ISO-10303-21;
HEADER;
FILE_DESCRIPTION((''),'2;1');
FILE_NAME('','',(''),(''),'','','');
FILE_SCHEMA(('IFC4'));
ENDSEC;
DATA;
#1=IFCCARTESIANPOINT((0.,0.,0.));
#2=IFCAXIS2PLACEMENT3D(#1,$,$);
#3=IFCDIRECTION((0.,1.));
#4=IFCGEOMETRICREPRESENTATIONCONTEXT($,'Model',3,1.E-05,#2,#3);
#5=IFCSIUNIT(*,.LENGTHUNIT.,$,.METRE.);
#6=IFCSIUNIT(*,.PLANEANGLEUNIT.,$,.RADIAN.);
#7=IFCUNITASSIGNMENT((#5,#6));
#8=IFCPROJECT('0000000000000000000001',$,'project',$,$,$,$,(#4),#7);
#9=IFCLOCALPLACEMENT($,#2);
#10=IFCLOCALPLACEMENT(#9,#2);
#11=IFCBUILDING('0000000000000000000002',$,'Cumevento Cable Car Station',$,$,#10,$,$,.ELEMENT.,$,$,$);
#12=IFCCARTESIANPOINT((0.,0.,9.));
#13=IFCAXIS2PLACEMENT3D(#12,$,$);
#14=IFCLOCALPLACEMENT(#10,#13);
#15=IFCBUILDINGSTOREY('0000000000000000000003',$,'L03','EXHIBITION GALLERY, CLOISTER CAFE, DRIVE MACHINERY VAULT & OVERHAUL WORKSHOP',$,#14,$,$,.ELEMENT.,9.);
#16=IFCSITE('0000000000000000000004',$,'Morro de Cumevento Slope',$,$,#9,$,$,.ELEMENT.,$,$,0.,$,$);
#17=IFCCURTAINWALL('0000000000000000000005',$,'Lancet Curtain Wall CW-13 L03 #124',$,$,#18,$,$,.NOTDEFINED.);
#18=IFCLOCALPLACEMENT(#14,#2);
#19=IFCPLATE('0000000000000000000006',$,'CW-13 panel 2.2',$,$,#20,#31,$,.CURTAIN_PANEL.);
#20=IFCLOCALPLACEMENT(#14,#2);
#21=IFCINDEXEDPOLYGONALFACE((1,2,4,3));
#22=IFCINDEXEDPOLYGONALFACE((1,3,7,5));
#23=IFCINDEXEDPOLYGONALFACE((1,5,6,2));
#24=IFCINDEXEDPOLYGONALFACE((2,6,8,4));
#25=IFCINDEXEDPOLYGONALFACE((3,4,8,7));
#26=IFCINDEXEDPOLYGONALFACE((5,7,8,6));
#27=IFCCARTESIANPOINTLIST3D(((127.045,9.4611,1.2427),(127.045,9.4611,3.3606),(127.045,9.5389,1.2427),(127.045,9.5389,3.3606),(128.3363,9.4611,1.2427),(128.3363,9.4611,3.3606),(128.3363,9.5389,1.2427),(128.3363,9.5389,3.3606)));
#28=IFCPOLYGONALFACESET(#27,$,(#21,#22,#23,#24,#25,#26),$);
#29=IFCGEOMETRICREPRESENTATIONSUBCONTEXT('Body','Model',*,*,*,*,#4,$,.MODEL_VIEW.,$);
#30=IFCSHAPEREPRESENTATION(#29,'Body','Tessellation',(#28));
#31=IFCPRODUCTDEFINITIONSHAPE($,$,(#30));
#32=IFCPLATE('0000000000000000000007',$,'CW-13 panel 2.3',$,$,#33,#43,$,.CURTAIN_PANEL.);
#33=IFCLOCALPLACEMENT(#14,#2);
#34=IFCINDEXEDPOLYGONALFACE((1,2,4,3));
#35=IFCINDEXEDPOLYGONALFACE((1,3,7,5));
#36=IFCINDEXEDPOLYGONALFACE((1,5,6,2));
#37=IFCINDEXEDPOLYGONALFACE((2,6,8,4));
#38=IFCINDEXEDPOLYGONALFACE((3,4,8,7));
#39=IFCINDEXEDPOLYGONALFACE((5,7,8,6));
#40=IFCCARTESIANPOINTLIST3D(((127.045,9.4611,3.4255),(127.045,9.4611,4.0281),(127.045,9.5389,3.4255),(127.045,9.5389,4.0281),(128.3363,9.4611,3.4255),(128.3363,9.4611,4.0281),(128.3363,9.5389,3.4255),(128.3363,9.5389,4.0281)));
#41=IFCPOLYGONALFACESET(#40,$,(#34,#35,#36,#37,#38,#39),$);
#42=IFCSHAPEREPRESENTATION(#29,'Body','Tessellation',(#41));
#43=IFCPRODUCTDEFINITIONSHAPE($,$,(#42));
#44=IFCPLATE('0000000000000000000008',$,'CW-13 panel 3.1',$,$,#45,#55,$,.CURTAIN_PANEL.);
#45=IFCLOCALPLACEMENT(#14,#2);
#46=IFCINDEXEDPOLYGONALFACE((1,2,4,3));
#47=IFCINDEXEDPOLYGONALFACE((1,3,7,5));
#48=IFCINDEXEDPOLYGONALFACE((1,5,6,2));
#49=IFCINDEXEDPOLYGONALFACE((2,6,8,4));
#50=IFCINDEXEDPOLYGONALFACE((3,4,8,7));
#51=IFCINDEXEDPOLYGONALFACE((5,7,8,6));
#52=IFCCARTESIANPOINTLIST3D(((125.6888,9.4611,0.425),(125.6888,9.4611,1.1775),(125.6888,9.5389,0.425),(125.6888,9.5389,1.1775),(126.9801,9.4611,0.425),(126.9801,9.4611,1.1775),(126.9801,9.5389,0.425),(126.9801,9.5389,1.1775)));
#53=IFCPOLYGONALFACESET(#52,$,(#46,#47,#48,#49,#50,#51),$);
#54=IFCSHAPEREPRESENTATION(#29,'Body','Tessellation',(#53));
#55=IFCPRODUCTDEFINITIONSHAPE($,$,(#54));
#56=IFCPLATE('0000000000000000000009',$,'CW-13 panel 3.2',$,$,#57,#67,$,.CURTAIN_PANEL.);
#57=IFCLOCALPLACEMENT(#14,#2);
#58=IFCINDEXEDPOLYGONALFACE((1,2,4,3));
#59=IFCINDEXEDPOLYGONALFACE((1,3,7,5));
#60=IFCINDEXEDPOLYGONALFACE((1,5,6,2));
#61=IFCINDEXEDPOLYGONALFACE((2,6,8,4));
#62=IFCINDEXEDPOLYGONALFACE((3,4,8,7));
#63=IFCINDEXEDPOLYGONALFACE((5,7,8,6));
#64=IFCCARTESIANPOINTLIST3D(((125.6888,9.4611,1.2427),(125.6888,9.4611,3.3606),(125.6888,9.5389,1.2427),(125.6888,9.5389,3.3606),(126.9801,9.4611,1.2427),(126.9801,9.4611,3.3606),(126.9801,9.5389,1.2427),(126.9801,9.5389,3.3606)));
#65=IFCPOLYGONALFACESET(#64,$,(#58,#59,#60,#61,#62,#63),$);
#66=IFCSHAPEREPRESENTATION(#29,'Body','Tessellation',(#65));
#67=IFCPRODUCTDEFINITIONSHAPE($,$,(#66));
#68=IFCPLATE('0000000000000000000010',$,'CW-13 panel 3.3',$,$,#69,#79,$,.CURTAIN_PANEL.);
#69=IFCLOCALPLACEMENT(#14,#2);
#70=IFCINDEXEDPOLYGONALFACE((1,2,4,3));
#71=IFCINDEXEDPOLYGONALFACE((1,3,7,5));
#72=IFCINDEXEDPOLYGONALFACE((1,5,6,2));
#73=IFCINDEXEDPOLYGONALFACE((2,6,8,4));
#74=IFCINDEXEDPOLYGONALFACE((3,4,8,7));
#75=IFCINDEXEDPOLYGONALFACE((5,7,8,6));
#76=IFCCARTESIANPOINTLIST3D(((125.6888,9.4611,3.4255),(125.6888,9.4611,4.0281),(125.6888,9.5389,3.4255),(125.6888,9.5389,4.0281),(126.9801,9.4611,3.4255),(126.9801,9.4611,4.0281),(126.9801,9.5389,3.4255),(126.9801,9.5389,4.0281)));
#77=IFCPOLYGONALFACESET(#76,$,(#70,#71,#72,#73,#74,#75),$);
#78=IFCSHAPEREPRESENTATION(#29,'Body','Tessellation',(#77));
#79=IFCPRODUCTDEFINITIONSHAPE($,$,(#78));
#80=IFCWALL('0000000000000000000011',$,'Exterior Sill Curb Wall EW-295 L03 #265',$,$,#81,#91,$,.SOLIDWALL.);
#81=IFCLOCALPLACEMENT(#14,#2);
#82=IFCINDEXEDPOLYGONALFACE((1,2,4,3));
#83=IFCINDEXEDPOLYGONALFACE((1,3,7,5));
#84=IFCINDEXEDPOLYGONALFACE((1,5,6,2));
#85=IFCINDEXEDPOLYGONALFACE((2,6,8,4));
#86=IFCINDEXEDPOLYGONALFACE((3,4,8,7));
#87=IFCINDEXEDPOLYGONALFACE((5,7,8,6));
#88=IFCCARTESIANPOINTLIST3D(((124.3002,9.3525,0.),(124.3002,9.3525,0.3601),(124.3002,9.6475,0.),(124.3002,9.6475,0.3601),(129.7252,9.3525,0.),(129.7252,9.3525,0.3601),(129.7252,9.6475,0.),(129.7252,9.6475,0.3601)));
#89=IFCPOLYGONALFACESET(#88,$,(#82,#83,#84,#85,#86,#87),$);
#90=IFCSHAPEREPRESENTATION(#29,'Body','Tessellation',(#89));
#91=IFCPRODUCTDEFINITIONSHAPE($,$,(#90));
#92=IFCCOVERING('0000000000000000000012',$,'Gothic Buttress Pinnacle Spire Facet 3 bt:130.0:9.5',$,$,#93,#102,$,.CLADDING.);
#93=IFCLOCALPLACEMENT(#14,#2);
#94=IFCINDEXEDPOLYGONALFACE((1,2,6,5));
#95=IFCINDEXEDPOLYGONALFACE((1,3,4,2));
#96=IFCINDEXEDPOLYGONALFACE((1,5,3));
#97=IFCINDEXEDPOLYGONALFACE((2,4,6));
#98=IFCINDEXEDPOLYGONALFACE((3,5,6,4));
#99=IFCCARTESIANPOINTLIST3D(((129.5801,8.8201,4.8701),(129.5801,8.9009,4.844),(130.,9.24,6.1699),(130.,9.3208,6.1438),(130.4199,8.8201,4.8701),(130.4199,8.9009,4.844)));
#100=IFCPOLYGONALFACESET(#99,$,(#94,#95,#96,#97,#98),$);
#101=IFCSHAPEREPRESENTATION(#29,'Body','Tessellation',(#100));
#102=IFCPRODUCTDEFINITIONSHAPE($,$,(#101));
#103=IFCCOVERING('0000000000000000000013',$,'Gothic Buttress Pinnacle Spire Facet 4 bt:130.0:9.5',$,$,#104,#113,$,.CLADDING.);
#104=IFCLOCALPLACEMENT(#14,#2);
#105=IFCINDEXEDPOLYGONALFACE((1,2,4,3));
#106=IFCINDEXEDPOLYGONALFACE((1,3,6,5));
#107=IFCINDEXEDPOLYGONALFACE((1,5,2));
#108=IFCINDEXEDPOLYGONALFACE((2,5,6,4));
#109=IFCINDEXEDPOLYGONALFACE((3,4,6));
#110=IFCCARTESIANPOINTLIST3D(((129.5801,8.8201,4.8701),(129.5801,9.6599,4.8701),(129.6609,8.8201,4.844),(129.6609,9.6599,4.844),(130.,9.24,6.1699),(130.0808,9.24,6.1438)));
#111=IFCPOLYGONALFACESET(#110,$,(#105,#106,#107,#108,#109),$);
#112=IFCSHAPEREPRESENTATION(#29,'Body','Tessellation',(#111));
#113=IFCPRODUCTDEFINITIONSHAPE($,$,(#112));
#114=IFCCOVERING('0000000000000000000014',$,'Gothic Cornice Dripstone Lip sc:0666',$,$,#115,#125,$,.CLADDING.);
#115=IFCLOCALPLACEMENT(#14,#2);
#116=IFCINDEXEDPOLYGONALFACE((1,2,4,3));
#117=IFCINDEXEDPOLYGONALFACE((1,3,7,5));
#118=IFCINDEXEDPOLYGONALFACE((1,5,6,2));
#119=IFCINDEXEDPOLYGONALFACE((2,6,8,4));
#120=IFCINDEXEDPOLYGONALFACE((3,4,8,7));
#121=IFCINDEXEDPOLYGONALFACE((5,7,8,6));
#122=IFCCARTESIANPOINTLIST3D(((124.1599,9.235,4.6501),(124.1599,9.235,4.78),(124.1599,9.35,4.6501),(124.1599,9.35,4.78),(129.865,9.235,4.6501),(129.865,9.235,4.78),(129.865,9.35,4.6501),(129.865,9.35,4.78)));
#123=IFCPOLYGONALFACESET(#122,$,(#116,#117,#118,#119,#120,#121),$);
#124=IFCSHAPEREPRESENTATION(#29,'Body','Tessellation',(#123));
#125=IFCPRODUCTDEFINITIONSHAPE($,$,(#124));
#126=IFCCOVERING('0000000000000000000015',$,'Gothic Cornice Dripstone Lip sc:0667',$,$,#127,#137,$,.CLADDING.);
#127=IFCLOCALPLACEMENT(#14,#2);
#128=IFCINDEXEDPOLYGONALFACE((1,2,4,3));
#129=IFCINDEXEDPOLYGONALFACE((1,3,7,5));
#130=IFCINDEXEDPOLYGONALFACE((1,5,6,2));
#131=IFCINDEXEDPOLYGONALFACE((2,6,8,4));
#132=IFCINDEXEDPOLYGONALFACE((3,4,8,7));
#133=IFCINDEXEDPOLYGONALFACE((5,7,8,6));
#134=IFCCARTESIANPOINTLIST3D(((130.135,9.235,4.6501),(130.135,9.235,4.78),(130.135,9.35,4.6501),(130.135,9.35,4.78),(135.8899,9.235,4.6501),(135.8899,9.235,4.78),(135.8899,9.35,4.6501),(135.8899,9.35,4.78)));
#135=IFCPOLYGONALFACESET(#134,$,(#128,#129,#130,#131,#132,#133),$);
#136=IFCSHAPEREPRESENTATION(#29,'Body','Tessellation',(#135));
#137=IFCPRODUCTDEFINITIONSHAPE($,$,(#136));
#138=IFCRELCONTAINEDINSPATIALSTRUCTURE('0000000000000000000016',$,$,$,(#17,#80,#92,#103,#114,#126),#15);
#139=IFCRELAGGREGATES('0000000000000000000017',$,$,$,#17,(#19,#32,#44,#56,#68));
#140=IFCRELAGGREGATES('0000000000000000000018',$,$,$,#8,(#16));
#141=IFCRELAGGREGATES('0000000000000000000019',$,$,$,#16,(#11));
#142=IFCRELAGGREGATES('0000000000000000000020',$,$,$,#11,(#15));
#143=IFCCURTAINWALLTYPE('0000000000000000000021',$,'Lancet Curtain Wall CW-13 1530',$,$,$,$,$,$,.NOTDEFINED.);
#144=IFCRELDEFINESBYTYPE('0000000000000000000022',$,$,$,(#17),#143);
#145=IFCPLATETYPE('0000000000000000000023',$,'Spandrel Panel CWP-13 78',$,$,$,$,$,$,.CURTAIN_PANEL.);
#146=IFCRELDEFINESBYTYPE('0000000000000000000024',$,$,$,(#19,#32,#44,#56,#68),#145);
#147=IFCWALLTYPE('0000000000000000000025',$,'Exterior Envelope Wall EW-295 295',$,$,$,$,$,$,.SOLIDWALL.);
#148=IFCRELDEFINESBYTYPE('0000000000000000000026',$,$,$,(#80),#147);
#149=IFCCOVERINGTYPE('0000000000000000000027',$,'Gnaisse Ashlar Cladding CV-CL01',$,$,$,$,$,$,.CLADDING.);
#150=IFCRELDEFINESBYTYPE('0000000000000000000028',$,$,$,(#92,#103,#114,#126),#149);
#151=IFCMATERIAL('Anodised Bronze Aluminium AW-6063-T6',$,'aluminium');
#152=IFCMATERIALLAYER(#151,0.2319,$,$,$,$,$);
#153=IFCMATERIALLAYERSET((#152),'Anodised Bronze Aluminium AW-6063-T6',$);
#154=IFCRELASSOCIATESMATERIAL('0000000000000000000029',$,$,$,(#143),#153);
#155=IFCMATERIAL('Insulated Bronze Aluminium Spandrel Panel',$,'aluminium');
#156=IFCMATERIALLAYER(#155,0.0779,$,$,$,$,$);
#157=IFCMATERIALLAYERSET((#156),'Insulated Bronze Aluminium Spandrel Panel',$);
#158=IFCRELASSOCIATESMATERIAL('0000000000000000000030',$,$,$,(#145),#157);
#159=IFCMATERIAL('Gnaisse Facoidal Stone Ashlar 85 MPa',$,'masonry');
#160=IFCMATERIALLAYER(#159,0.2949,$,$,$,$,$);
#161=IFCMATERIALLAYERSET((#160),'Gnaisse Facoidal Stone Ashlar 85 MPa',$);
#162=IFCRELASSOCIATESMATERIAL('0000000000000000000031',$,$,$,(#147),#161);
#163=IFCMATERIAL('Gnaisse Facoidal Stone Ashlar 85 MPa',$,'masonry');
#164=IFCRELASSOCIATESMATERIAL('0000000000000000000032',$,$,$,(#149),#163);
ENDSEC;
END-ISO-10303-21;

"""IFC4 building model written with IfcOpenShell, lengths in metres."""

from ifc_helpers import new_model, si_unit, direction, frame, frame_2d, origin, origin_2d, place, context, subcontext, project, spatial, polyline, rectangle, outline, extrude, material, layer, layer_set, type_object, element, aggregate, save


model = new_model("IFC4")

# Units and contexts
model_context = context("Model", 3, precision=1e-05, world=origin(), true_north=direction((0.0, 1.0)))
body_context = subcontext(model_context, "Body", "Model", "MODEL_VIEW")
ifc_project = project(units=[si_unit("LENGTHUNIT", "METRE"), si_unit("PLANEANGLEUNIT", "RADIAN")], contexts=[model_context])

# Site, building, storey
site_placement = place(None, origin())
site = spatial("IfcSite", under=ifc_project, at=site_placement, Name="Morro de Cumevento Slope", CompositionType="ELEMENT", RefElevation=0.0)
building_placement = place(site_placement, origin())
building = spatial("IfcBuilding", under=site, at=building_placement, Name="Cumevento Cable Car Station", CompositionType="ELEMENT")
storey_placement = place(building_placement, frame((0.0, 0.0, 9.0)))
storey = spatial("IfcBuildingStorey", under=building, at=storey_placement, Name="L03", Description="EXHIBITION GALLERY, CLOISTER CAFE, DRIVE MACHINERY VAULT & OVERHAUL WORKSHOP", CompositionType="ELEMENT", Elevation=9.0)

# Curtain wall, plates
ifc_material_1 = material(Name="Anodised Bronze Aluminium AW-6063-T6", Category="aluminium")
ifc_layer_1 = layer(ifc_material_1, 0.2319)
ifc_layer_set_1 = layer_set([ifc_layer_1], Name="Anodised Bronze Aluminium AW-6063-T6")
curtain_wall_type = type_object("IfcCurtainWallType", Name="Lancet Curtain Wall CW-13 1530", PredefinedType="NOTDEFINED", material=ifc_layer_set_1)
curtain_wall_placement = place(storey_placement, origin())
curtain_wall = element("IfcCurtainWall", 1, at=curtain_wall_placement, inside=storey, type_object=curtain_wall_type, Name="Lancet Curtain Wall CW-13 L03 #124", PredefinedType="NOTDEFINED")
ifc_material_2 = material(Name="Insulated Bronze Aluminium Spandrel Panel", Category="aluminium")
ifc_layer_2 = layer(ifc_material_2, 0.0779)
ifc_layer_set_2 = layer_set([ifc_layer_2], Name="Insulated Bronze Aluminium Spandrel Panel")
plate_type = type_object("IfcPlateType", Name="Spandrel Panel CWP-13 78", PredefinedType="CURTAIN_PANEL", material=ifc_layer_set_2)
plate_1_placement = place(storey_placement, frame((127.6907, 9.5, 1.2427), z_axis=(0.0, 0.0, 1.0), x_axis=(-1.0, 0.0, 0.0)))
plate_1 = element("IfcPlate", 2, at=plate_1_placement, type_object=plate_type, Name="CW-13 panel 2.2", PredefinedType="CURTAIN_PANEL", context=body_context, shape_type="SweptSolid", body=[
    extrude(rectangle(XDim=1.2913, YDim=0.0779, at=origin_2d()), origin(), (0.0, 0.0, 1.0), 2.1179),
])
plate_2_placement = place(storey_placement, frame((127.6907, 9.5, 3.4255), z_axis=(0.0, 0.0, 1.0), x_axis=(-1.0, 0.0, 0.0)))
plate_2 = element("IfcPlate", 3, at=plate_2_placement, type_object=plate_type, Name="CW-13 panel 2.3", PredefinedType="CURTAIN_PANEL", context=body_context, shape_type="SweptSolid", body=[
    extrude(rectangle(XDim=1.2913, YDim=0.0779, at=origin_2d()), origin(), (0.0, 0.0, 1.0), 0.6025),
])
plate_3_placement = place(storey_placement, frame((126.3345, 9.5, 0.425), z_axis=(0.0, 0.0, 1.0), x_axis=(-1.0, 0.0, 0.0)))
plate_3 = element("IfcPlate", 4, at=plate_3_placement, type_object=plate_type, Name="CW-13 panel 3.1", PredefinedType="CURTAIN_PANEL", context=body_context, shape_type="SweptSolid", body=[
    extrude(rectangle(XDim=1.2913, YDim=0.0779, at=origin_2d()), origin(), (0.0, 0.0, 1.0), 0.7524),
])
plate_4_placement = place(storey_placement, frame((126.3345, 9.5, 1.2427), z_axis=(0.0, 0.0, 1.0), x_axis=(-1.0, 0.0, 0.0)))
plate_4 = element("IfcPlate", 5, at=plate_4_placement, type_object=plate_type, Name="CW-13 panel 3.2", PredefinedType="CURTAIN_PANEL", context=body_context, shape_type="SweptSolid", body=[
    extrude(rectangle(XDim=1.2913, YDim=0.0779, at=origin_2d()), origin(), (0.0, 0.0, 1.0), 2.1179),
])
plate_5_placement = place(storey_placement, frame((126.3345, 9.5, 3.4255), z_axis=(0.0, 0.0, 1.0), x_axis=(-1.0, 0.0, 0.0)))
plate_5 = element("IfcPlate", 6, at=plate_5_placement, type_object=plate_type, Name="CW-13 panel 3.3", PredefinedType="CURTAIN_PANEL", context=body_context, shape_type="SweptSolid", body=[
    extrude(rectangle(XDim=1.2913, YDim=0.0779, at=origin_2d()), origin(), (0.0, 0.0, 1.0), 0.6025),
])
aggregate(curtain_wall, [plate_1, plate_2, plate_3, plate_4, plate_5])

# Wall
ifc_material_3 = material(Name="Gnaisse Facoidal Stone Ashlar 85 MPa", Category="masonry")
ifc_layer_3 = layer(ifc_material_3, 0.2949)
ifc_layer_set_3 = layer_set([ifc_layer_3], Name="Gnaisse Facoidal Stone Ashlar 85 MPa")
wall_type = type_object("IfcWallType", Name="Exterior Envelope Wall EW-295 295", PredefinedType="SOLIDWALL", material=ifc_layer_set_3)
wall_placement = place(storey_placement, frame((129.7251, 9.5, 0.0), z_axis=(0.0, 0.0, 1.0), x_axis=(-1.0, 0.0, 0.0)))
element("IfcWall", 7, at=wall_placement, inside=storey, type_object=wall_type, Name="Exterior Sill Curb Wall EW-295 L03 #265", PredefinedType="SOLIDWALL", context=body_context, shape_type="SweptSolid", body=[
    extrude(rectangle(XDim=5.425, YDim=0.2949, at=frame_2d((2.7124, 0.0))), origin(), (0.0, 0.0, 1.0), 0.3601),
])

# Coverings
ifc_material_4 = material(Name="Gnaisse Facoidal Stone Ashlar 85 MPa", Category="masonry")
covering_type = type_object("IfcCoveringType", Name="Gnaisse Ashlar Cladding CV-CL01", PredefinedType="CLADDING", material=ifc_material_4)
for number, where, z_axis, x_axis, name in (
    (8, (130.4199, 8.8201, 4.8701), (0.0, -0.951574, 0.307421), (-1.0, 0.0, 0.0), "Gothic Buttress Pinnacle Spire Facet 3 bt:130.0:9.5"),
    (9, (129.5801, 8.8201, 4.8701), (-0.951574, 0.0, 0.307421), (0.0, 1.0, 0.0), "Gothic Buttress Pinnacle Spire Facet 4 bt:130.0:9.5"),
):
    element("IfcCovering", number, at=place(storey_placement, frame(where, z_axis=z_axis, x_axis=x_axis)), inside=storey, type_object=covering_type, Name=name, PredefinedType="CLADDING", context=body_context, shape_type="SweptSolid", body=[
        extrude(outline(polyline([(0.0, 0.0), (0.8398, 0.0), (0.4199, -1.366), (0.0, 0.0)])), origin(), (0.0, 0.0, -1.0), 0.085),
    ])
covering_1_placement = place(storey_placement, frame((127.0125, 9.2925, 4.6501), z_axis=(0.0, 0.0, 1.0), x_axis=(-1.0, 0.0, 0.0)))
element("IfcCovering", 10, at=covering_1_placement, inside=storey, type_object=covering_type, Name="Gothic Cornice Dripstone Lip sc:0666", PredefinedType="CLADDING", context=body_context, shape_type="SweptSolid", body=[
    extrude(rectangle(XDim=5.7051, YDim=0.115, at=origin_2d()), origin(), (0.0, 0.0, 1.0), 0.1299),
])
covering_2_placement = place(storey_placement, frame((133.0125, 9.2925, 4.6501), z_axis=(0.0, 0.0, 1.0), x_axis=(-1.0, 0.0, 0.0)))
element("IfcCovering", 11, at=covering_2_placement, inside=storey, type_object=covering_type, Name="Gothic Cornice Dripstone Lip sc:0667", PredefinedType="CLADDING", context=body_context, shape_type="SweptSolid", body=[
    extrude(rectangle(XDim=5.7549, YDim=0.115, at=origin_2d()), origin(), (0.0, 0.0, 1.0), 0.1299),
])

save(model, "model.ifc")
